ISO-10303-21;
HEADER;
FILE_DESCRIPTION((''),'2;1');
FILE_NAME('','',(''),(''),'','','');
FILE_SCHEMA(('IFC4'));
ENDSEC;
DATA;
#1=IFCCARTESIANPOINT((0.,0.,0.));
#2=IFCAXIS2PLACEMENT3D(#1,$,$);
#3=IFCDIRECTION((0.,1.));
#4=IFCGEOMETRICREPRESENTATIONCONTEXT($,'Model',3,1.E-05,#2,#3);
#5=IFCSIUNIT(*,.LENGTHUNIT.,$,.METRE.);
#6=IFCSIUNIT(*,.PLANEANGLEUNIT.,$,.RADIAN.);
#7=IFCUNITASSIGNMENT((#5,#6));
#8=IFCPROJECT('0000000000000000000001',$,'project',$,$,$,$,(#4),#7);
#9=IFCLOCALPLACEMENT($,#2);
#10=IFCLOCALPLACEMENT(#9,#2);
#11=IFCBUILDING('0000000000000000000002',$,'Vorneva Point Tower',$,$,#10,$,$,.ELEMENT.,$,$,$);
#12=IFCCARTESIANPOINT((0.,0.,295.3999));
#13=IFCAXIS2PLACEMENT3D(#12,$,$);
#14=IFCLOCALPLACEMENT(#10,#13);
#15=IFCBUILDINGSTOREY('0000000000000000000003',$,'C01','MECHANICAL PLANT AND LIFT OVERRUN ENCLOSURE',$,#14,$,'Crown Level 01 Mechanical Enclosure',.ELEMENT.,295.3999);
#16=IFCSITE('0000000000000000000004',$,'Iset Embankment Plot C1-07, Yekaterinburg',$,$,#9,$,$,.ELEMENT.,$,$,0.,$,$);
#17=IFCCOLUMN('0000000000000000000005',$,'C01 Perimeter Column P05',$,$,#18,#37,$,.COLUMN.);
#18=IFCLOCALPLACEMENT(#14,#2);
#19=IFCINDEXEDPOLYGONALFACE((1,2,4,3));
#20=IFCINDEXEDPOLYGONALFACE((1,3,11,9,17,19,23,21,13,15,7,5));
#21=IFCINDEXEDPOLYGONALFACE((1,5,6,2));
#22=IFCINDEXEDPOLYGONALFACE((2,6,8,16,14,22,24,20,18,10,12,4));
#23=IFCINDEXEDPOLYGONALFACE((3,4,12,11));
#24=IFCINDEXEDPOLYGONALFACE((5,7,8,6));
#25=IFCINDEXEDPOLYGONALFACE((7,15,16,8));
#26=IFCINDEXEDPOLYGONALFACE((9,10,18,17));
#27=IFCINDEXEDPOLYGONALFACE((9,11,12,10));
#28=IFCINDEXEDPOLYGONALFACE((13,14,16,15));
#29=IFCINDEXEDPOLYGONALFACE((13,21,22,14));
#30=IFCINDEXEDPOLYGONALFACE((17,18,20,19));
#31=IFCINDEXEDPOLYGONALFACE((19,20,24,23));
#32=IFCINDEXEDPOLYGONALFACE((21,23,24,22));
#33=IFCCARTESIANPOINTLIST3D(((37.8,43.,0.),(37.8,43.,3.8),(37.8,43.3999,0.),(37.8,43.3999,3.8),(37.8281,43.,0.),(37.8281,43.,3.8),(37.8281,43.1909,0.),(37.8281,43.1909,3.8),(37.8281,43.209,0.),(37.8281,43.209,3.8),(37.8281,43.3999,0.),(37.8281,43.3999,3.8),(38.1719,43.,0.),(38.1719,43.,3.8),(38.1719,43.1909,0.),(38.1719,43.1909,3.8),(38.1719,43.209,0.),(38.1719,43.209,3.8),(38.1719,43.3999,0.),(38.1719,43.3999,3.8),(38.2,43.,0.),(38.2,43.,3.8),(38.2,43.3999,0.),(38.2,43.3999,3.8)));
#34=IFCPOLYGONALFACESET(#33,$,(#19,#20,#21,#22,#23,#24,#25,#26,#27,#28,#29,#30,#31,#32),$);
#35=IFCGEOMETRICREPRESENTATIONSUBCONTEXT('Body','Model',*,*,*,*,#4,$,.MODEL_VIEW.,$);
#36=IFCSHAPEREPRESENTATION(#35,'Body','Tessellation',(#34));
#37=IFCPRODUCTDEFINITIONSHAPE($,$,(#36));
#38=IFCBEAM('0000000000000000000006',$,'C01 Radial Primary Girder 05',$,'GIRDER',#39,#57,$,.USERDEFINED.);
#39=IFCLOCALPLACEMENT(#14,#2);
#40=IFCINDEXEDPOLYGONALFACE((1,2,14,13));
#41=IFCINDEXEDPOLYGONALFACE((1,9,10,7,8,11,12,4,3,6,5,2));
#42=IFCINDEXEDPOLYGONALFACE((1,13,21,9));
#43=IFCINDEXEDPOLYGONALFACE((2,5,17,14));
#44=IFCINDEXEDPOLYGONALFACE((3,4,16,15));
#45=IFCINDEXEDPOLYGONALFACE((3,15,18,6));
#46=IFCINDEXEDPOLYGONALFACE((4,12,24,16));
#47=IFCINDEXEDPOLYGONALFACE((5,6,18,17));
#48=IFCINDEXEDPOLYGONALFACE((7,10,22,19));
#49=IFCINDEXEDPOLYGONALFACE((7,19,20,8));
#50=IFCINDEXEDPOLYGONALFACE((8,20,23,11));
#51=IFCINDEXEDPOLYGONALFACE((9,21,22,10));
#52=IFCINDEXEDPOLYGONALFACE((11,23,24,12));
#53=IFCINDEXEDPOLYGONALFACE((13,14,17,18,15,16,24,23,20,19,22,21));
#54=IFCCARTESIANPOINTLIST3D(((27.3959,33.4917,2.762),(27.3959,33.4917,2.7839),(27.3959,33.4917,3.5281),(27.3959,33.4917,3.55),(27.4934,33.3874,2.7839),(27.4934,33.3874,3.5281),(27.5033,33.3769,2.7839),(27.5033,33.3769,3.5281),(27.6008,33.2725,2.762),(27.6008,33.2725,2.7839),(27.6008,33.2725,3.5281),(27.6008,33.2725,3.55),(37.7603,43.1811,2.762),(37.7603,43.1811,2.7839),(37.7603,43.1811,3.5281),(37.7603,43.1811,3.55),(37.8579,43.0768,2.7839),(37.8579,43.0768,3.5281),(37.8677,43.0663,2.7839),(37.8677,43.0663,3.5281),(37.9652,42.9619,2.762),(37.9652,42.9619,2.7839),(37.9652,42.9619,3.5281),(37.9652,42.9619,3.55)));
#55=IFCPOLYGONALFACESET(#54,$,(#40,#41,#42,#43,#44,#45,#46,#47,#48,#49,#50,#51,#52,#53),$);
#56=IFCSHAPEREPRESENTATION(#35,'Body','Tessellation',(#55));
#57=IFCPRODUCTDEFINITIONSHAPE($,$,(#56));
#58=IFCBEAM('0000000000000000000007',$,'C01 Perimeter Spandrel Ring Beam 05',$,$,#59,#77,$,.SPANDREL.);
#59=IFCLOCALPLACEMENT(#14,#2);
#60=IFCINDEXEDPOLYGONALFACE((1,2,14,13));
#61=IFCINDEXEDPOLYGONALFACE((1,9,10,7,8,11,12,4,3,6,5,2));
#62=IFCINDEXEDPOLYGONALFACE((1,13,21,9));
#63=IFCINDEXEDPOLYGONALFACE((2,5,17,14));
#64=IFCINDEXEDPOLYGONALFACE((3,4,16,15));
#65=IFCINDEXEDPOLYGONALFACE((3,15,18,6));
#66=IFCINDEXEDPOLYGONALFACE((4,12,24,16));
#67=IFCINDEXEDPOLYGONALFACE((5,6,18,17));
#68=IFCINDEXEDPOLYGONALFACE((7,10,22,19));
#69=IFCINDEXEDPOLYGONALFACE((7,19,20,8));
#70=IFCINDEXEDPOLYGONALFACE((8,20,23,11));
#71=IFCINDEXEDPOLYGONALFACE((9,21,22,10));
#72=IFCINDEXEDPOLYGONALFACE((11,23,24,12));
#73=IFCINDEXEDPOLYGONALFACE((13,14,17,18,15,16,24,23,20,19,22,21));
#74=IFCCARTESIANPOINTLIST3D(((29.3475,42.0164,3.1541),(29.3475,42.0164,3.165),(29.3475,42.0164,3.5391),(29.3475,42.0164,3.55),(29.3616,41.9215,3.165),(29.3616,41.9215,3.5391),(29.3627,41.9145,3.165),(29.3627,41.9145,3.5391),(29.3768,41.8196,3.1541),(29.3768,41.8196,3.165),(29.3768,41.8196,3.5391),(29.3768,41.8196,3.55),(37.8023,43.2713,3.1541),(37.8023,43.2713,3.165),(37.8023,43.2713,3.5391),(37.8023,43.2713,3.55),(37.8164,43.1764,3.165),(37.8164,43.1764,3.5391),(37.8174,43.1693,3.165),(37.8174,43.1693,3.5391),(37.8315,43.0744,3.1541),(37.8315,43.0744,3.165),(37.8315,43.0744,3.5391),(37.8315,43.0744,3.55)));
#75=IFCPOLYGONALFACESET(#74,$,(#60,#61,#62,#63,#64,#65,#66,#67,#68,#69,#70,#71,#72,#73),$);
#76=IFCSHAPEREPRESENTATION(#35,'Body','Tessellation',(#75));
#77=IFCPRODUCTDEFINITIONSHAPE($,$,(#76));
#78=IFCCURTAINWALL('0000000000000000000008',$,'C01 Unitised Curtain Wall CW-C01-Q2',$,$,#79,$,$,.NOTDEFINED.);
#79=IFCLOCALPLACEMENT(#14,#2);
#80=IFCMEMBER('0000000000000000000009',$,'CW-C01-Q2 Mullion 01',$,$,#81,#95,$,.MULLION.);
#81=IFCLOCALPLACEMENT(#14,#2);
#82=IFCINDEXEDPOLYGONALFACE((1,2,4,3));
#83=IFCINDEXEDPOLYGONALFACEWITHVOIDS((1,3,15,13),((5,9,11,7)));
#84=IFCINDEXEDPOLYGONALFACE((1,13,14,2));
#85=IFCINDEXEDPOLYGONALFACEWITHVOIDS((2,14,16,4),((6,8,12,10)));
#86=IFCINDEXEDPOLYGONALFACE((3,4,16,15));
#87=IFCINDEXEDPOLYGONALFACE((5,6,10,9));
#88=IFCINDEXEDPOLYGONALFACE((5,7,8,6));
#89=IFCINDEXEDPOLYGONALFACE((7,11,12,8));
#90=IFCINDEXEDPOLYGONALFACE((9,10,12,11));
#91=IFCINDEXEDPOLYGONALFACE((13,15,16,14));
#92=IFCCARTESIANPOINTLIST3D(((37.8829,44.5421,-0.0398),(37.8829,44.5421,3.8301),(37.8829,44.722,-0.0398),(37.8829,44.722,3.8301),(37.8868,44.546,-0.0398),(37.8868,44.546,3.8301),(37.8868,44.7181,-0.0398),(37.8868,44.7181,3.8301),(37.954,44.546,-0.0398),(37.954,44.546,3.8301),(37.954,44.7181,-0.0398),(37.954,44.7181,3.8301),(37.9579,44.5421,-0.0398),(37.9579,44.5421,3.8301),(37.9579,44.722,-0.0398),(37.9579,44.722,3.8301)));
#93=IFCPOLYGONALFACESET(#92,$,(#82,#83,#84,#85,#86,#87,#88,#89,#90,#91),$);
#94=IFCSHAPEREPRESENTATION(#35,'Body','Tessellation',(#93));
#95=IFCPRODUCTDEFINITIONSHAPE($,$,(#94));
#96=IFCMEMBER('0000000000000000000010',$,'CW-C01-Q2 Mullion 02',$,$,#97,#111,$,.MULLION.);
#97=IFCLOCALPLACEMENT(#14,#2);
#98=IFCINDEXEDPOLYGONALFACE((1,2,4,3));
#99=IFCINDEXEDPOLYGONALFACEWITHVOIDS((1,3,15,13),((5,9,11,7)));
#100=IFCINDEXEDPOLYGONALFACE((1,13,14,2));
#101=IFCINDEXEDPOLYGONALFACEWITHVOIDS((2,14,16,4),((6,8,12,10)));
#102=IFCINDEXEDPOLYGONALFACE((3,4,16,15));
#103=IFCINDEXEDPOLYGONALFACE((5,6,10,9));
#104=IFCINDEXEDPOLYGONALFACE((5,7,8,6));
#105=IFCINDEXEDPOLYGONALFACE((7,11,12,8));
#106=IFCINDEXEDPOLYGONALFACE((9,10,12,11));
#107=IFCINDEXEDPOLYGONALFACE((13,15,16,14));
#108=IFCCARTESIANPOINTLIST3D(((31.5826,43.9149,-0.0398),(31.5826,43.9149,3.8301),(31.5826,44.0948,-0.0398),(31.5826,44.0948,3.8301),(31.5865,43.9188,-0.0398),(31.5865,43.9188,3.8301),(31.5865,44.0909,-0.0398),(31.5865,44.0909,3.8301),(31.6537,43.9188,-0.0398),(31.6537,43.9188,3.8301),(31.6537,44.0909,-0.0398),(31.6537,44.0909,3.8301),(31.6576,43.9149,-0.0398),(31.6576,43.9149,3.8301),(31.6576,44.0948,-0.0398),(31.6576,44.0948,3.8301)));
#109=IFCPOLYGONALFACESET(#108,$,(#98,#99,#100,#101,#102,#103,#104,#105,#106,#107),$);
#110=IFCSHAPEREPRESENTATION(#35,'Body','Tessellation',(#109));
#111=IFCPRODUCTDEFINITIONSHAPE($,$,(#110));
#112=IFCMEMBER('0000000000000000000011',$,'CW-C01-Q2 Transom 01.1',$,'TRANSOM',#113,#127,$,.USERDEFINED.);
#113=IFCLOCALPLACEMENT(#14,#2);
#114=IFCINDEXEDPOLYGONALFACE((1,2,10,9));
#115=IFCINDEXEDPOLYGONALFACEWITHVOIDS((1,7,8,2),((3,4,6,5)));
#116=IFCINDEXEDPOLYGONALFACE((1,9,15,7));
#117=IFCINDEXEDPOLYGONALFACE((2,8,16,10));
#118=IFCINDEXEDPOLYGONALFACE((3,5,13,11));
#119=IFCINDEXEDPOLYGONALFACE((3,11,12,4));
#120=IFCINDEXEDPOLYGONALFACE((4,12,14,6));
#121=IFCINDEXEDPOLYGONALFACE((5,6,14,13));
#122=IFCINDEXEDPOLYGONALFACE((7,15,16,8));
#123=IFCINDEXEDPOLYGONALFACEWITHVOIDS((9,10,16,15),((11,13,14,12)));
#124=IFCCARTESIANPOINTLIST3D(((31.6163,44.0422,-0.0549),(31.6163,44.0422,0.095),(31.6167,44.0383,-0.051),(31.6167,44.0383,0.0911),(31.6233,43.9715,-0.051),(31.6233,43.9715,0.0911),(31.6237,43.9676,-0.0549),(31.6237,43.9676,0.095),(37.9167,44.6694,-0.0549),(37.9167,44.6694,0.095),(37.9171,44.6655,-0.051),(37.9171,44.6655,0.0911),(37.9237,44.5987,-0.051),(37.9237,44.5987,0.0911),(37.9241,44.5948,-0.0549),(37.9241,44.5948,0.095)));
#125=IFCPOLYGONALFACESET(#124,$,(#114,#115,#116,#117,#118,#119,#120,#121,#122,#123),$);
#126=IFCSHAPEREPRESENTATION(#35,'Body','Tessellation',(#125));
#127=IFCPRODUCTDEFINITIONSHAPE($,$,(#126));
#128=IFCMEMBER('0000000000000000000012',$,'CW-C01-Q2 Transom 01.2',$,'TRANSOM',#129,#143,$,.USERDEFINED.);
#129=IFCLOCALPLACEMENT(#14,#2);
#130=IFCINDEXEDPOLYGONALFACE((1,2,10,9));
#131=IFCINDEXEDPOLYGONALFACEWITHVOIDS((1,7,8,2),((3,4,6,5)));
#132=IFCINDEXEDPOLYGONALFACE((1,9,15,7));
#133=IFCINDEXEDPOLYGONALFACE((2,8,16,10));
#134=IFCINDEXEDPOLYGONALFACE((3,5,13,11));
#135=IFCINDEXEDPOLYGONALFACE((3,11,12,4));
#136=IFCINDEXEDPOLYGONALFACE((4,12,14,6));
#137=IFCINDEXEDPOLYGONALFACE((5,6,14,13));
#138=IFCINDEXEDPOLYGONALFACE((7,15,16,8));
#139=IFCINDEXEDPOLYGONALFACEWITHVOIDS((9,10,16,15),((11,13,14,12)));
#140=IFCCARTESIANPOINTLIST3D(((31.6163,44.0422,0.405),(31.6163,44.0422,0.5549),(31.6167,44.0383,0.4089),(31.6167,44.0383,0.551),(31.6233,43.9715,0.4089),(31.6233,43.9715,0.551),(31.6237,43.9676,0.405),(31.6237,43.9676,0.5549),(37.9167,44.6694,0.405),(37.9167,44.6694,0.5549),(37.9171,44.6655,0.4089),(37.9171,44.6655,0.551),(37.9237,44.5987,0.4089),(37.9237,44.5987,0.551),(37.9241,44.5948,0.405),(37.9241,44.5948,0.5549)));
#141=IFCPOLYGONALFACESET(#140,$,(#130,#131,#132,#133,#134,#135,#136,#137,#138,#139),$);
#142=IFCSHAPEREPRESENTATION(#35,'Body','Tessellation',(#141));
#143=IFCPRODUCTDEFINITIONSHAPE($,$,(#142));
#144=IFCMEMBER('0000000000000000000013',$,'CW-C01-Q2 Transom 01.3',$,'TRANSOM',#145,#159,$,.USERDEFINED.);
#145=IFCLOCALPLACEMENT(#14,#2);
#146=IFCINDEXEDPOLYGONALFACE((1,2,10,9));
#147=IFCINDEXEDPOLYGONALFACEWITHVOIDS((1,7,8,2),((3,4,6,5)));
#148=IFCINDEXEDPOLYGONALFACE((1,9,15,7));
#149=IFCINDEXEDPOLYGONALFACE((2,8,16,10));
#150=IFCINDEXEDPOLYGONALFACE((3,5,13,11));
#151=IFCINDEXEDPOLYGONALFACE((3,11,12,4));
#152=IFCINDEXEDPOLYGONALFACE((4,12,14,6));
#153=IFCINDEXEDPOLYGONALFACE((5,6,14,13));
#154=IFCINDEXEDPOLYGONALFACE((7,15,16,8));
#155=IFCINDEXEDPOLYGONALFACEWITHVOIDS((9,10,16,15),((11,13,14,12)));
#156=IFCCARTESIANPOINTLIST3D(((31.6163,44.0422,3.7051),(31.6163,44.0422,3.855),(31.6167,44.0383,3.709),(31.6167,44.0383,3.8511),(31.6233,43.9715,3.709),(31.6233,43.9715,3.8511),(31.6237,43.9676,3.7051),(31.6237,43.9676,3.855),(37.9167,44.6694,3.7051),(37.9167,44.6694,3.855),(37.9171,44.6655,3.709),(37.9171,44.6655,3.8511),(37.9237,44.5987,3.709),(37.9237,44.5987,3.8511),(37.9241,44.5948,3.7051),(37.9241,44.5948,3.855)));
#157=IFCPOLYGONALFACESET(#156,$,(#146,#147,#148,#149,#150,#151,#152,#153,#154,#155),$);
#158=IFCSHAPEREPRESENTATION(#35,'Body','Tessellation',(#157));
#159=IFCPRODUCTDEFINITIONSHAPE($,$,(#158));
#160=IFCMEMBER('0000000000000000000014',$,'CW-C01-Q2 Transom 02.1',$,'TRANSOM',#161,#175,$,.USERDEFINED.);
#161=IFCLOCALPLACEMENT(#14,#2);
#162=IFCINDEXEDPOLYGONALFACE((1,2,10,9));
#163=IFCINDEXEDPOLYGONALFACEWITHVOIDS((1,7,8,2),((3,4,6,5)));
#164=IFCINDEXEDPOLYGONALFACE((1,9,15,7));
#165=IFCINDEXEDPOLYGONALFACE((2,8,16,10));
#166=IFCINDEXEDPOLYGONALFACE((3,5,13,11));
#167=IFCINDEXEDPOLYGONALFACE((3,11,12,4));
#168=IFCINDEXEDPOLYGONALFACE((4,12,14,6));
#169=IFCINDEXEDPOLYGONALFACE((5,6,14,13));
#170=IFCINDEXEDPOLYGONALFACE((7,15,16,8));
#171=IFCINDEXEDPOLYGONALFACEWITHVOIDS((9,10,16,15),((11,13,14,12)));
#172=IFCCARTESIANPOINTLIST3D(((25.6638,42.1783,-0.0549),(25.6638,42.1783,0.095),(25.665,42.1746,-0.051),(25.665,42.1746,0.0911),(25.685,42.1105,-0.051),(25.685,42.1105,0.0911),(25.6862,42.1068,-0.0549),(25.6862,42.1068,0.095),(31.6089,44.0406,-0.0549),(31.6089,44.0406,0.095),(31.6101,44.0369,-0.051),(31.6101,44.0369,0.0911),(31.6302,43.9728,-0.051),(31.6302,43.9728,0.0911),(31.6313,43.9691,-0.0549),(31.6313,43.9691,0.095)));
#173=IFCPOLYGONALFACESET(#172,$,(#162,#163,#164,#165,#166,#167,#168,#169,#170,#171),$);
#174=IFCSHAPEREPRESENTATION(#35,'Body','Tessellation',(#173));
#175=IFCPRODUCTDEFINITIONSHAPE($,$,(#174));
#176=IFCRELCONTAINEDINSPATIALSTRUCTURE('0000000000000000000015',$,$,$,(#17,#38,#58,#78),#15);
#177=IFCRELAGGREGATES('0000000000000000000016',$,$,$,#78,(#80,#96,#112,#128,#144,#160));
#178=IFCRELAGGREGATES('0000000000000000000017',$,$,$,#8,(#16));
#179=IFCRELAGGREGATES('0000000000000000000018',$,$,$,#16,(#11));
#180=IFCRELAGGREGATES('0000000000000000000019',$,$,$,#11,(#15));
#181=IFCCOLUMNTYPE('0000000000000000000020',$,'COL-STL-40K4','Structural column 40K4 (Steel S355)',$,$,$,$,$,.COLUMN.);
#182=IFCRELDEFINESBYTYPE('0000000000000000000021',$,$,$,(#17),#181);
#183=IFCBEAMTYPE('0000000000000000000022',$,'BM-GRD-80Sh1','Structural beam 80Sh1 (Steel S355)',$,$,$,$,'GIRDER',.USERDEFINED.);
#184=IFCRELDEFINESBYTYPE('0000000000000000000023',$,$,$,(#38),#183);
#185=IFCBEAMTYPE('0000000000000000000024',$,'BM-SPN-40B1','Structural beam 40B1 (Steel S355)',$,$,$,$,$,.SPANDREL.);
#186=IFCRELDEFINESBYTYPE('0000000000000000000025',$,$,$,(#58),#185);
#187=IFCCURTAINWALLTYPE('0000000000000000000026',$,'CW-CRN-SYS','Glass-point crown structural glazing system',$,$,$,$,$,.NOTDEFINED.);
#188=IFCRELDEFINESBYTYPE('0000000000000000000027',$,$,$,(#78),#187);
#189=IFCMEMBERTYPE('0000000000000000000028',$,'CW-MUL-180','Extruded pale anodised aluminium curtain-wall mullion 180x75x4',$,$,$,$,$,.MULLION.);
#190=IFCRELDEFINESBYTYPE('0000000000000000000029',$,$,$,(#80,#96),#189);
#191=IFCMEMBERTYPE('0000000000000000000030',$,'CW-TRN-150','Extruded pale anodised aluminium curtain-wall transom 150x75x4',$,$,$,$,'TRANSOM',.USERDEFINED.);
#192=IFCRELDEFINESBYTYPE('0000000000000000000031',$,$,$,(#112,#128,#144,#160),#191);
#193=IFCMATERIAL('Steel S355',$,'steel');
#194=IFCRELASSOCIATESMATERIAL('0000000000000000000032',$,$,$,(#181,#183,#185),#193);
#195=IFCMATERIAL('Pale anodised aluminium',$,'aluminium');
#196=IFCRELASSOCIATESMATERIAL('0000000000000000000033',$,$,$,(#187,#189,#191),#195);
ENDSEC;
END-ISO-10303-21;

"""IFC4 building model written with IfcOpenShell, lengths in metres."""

from ifc_helpers import new_model, si_unit, direction, frame, origin, origin_2d, place, context, subcontext, project, spatial, hollow_rectangle, i_section, extrude, material, material_profile, profile_set, type_object, element, aggregate, save


model = new_model("IFC4")

# Units and contexts
model_context = context("Model", 3, precision=1e-05, world=origin(), true_north=direction((0.0, 1.0)))
body_context = subcontext(model_context, "Body", "Model", "MODEL_VIEW")
ifc_project = project(units=[si_unit("LENGTHUNIT", "METRE"), si_unit("PLANEANGLEUNIT", "RADIAN")], contexts=[model_context])

# Site, building, storey
site_placement = place(None, origin())
site = spatial("IfcSite", under=ifc_project, at=site_placement, Name="Iset Embankment Plot C1-07, Yekaterinburg", CompositionType="ELEMENT", RefElevation=0.0)
building_placement = place(site_placement, origin())
building = spatial("IfcBuilding", under=site, at=building_placement, Name="Vorneva Point Tower", CompositionType="ELEMENT")
storey_placement = place(building_placement, frame((0.0, 0.0, 295.3999)))
storey = spatial("IfcBuildingStorey", under=building, at=storey_placement, Name="C01", Description="MECHANICAL PLANT AND LIFT OVERRUN ENCLOSURE", LongName="Crown Level 01 Mechanical Enclosure", CompositionType="ELEMENT", Elevation=295.3999)

# Column
ifc_material_1 = material(Name="Steel S355", Category="steel")
ifc_material_profile_1 = material_profile(ifc_material_1, i_section(OverallWidth=0.3999, OverallDepth=0.3999, WebThickness=0.0181, FlangeThickness=0.0281, at=origin_2d()), Name="40K4")
ifc_profile_set_1 = profile_set([ifc_material_profile_1], Name="Steel S355")
column_type = type_object("IfcColumnType", Name="COL-STL-40K4", Description="Structural column 40K4 (Steel S355)", PredefinedType="COLUMN", material=ifc_profile_set_1)
column_placement = place(storey_placement, frame((38.0, 43.2, 0.0), z_axis=(0.0, 0.0, 1.0), x_axis=(0.0, 1.0, 0.0)))
element("IfcColumn", 1, at=column_placement, inside=storey, type_object=column_type, Name="C01 Perimeter Column P05", PredefinedType="COLUMN", context=body_context, shape_type="SweptSolid", body=[
    extrude(i_section(OverallWidth=0.3999, OverallDepth=0.3999, WebThickness=0.0181, FlangeThickness=0.0281, at=origin_2d()), origin(), (0.0, 0.0, 1.0), 3.8),
])

# Beams
ifc_material_profile_2 = material_profile(ifc_material_1, i_section(OverallWidth=0.3, OverallDepth=0.7881, WebThickness=0.0144, FlangeThickness=0.022, at=origin_2d()), Name="80Sh1")
ifc_profile_set_2 = profile_set([ifc_material_profile_2], Name="Steel S355")
beam_type_1 = type_object("IfcBeamType", Name="BM-GRD-80Sh1", Description="Structural beam 80Sh1 (Steel S355)", ElementType="GIRDER", PredefinedType="USERDEFINED", material=ifc_profile_set_2)
beam_1_placement = place(storey_placement, frame((37.8628, 43.0715, 3.156), z_axis=(-0.730495, -0.682918, 0.0), x_axis=(0.682918, -0.730495, 0.0)))
element("IfcBeam", 2, at=beam_1_placement, inside=storey, type_object=beam_type_1, Name="C01 Radial Primary Girder 05", ObjectType="GIRDER", PredefinedType="USERDEFINED", context=body_context, shape_type="SweptSolid", body=[
    extrude(i_section(OverallWidth=0.3, OverallDepth=0.7881, WebThickness=0.0144, FlangeThickness=0.022, at=origin_2d()), origin(), (0.0, 0.0, 1.0), 14.1882),
])
ifc_material_profile_3 = material_profile(ifc_material_1, i_section(OverallWidth=0.199, OverallDepth=0.396, WebThickness=0.0071, FlangeThickness=0.011, at=origin_2d()), Name="40B1")
ifc_profile_set_3 = profile_set([ifc_material_profile_3], Name="Steel S355")
beam_type_2 = type_object("IfcBeamType", Name="BM-SPN-40B1", Description="Structural beam 40B1 (Steel S355)", PredefinedType="SPANDREL", material=ifc_profile_set_3)
beam_2_placement = place(storey_placement, frame((37.8169, 43.1729, 3.3521), z_axis=(-0.989164, -0.146814, 0.0), x_axis=(0.146814, -0.989164, 0.0)))
element("IfcBeam", 3, at=beam_2_placement, inside=storey, type_object=beam_type_2, Name="C01 Perimeter Spandrel Ring Beam 05", PredefinedType="SPANDREL", context=body_context, shape_type="SweptSolid", body=[
    extrude(i_section(OverallWidth=0.199, OverallDepth=0.396, WebThickness=0.0071, FlangeThickness=0.011, at=origin_2d()), origin(), (0.0, 0.0, 1.0), 8.5474),
])

# Curtain wall, members
ifc_material_2 = material(Name="Pale anodised aluminium", Category="aluminium")
curtain_wall_type = type_object("IfcCurtainWallType", Name="CW-CRN-SYS", Description="Glass-point crown structural glazing system", PredefinedType="NOTDEFINED", material=ifc_material_2)
curtain_wall_placement = place(storey_placement, origin())
curtain_wall = element("IfcCurtainWall", 4, at=curtain_wall_placement, inside=storey, type_object=curtain_wall_type, Name="C01 Unitised Curtain Wall CW-C01-Q2", PredefinedType="NOTDEFINED")
ifc_material_profile_4 = material_profile(ifc_material_2, hollow_rectangle(XDim=0.075, YDim=0.1799, WallThickness=0.0039, at=origin_2d()), Name="AL-MUL 180x75x4")
ifc_profile_set_4 = profile_set([ifc_material_profile_4], Name="Pale anodised aluminium")
member_type_1 = type_object("IfcMemberType", Name="CW-MUL-180", Description="Extruded pale anodised aluminium curtain-wall mullion 180x75x4", PredefinedType="MULLION", material=ifc_profile_set_4)
member_1_placement = place(storey_placement, frame((37.9204, 44.6321, -0.0398), z_axis=(0.0, 0.0, 1.0), x_axis=(1.0, 0.0, 0.0)))
member_1 = element("IfcMember", 5, at=member_1_placement, type_object=member_type_1, Name="CW-C01-Q2 Mullion 01", PredefinedType="MULLION", context=body_context, shape_type="SweptSolid", body=[
    extrude(hollow_rectangle(XDim=0.075, YDim=0.1799, WallThickness=0.0039, at=origin_2d()), origin(), (0.0, 0.0, 1.0), 3.8699),
])
member_2_placement = place(storey_placement, frame((31.6201, 44.0049, -0.0398), z_axis=(0.0, 0.0, 1.0), x_axis=(1.0, 0.0, 0.0)))
member_2 = element("IfcMember", 6, at=member_2_placement, type_object=member_type_1, Name="CW-C01-Q2 Mullion 02", PredefinedType="MULLION", context=body_context, shape_type="SweptSolid", body=[
    extrude(hollow_rectangle(XDim=0.075, YDim=0.1799, WallThickness=0.0039, at=origin_2d()), origin(), (0.0, 0.0, 1.0), 3.8699),
])
ifc_material_profile_5 = material_profile(ifc_material_2, hollow_rectangle(XDim=0.075, YDim=0.1499, WallThickness=0.0039, at=origin_2d()), Name="AL-TRN 150x75x4")
ifc_profile_set_5 = profile_set([ifc_material_profile_5], Name="Pale anodised aluminium")
member_type_2 = type_object("IfcMemberType", Name="CW-TRN-150", Description="Extruded pale anodised aluminium curtain-wall transom 150x75x4", ElementType="TRANSOM", PredefinedType="USERDEFINED", material=ifc_profile_set_5)
member_3_placement = place(storey_placement, frame((37.9204, 44.6321, 0.02), z_axis=(-0.995081, -0.099061, 0.0), x_axis=(0.099061, -0.995081, 0.0)))
member_3 = element("IfcMember", 7, at=member_3_placement, type_object=member_type_2, Name="CW-C01-Q2 Transom 01.1", ObjectType="TRANSOM", PredefinedType="USERDEFINED", context=body_context, shape_type="SweptSolid", body=[
    extrude(hollow_rectangle(XDim=0.075, YDim=0.1499, WallThickness=0.0039, at=origin_2d()), origin(), (0.0, 0.0, 1.0), 6.3315),
])
member_4_placement = place(storey_placement, frame((37.9204, 44.6321, 0.48), z_axis=(-0.995081, -0.099061, 0.0), x_axis=(0.099061, -0.995081, 0.0)))
member_4 = element("IfcMember", 8, at=member_4_placement, type_object=member_type_2, Name="CW-C01-Q2 Transom 01.2", ObjectType="TRANSOM", PredefinedType="USERDEFINED", context=body_context, shape_type="SweptSolid", body=[
    extrude(hollow_rectangle(XDim=0.075, YDim=0.1499, WallThickness=0.0039, at=origin_2d()), origin(), (0.0, 0.0, 1.0), 6.3315),
])
member_5_placement = place(storey_placement, frame((37.9204, 44.6321, 3.78), z_axis=(-0.995081, -0.099061, 0.0), x_axis=(0.099061, -0.995081, 0.0)))
member_5 = element("IfcMember", 9, at=member_5_placement, type_object=member_type_2, Name="CW-C01-Q2 Transom 01.3", ObjectType="TRANSOM", PredefinedType="USERDEFINED", context=body_context, shape_type="SweptSolid", body=[
    extrude(hollow_rectangle(XDim=0.075, YDim=0.1499, WallThickness=0.0039, at=origin_2d()), origin(), (0.0, 0.0, 1.0), 6.3315),
])
member_6_placement = place(storey_placement, frame((31.6201, 44.0049, 0.02), z_axis=(-0.954275, -0.298929, 0.0), x_axis=(0.298929, -0.954275, 0.0)))
member_6 = element("IfcMember", 10, at=member_6_placement, type_object=member_type_2, Name="CW-C01-Q2 Transom 02.1", ObjectType="TRANSOM", PredefinedType="USERDEFINED", context=body_context, shape_type="SweptSolid", body=[
    extrude(hollow_rectangle(XDim=0.075, YDim=0.1499, WallThickness=0.0039, at=origin_2d()), origin(), (0.0, 0.0, 1.0), 6.23),
])

aggregate(curtain_wall, [member_1, member_2, member_3, member_4, member_5, member_6])

save(model, "model.ifc")
